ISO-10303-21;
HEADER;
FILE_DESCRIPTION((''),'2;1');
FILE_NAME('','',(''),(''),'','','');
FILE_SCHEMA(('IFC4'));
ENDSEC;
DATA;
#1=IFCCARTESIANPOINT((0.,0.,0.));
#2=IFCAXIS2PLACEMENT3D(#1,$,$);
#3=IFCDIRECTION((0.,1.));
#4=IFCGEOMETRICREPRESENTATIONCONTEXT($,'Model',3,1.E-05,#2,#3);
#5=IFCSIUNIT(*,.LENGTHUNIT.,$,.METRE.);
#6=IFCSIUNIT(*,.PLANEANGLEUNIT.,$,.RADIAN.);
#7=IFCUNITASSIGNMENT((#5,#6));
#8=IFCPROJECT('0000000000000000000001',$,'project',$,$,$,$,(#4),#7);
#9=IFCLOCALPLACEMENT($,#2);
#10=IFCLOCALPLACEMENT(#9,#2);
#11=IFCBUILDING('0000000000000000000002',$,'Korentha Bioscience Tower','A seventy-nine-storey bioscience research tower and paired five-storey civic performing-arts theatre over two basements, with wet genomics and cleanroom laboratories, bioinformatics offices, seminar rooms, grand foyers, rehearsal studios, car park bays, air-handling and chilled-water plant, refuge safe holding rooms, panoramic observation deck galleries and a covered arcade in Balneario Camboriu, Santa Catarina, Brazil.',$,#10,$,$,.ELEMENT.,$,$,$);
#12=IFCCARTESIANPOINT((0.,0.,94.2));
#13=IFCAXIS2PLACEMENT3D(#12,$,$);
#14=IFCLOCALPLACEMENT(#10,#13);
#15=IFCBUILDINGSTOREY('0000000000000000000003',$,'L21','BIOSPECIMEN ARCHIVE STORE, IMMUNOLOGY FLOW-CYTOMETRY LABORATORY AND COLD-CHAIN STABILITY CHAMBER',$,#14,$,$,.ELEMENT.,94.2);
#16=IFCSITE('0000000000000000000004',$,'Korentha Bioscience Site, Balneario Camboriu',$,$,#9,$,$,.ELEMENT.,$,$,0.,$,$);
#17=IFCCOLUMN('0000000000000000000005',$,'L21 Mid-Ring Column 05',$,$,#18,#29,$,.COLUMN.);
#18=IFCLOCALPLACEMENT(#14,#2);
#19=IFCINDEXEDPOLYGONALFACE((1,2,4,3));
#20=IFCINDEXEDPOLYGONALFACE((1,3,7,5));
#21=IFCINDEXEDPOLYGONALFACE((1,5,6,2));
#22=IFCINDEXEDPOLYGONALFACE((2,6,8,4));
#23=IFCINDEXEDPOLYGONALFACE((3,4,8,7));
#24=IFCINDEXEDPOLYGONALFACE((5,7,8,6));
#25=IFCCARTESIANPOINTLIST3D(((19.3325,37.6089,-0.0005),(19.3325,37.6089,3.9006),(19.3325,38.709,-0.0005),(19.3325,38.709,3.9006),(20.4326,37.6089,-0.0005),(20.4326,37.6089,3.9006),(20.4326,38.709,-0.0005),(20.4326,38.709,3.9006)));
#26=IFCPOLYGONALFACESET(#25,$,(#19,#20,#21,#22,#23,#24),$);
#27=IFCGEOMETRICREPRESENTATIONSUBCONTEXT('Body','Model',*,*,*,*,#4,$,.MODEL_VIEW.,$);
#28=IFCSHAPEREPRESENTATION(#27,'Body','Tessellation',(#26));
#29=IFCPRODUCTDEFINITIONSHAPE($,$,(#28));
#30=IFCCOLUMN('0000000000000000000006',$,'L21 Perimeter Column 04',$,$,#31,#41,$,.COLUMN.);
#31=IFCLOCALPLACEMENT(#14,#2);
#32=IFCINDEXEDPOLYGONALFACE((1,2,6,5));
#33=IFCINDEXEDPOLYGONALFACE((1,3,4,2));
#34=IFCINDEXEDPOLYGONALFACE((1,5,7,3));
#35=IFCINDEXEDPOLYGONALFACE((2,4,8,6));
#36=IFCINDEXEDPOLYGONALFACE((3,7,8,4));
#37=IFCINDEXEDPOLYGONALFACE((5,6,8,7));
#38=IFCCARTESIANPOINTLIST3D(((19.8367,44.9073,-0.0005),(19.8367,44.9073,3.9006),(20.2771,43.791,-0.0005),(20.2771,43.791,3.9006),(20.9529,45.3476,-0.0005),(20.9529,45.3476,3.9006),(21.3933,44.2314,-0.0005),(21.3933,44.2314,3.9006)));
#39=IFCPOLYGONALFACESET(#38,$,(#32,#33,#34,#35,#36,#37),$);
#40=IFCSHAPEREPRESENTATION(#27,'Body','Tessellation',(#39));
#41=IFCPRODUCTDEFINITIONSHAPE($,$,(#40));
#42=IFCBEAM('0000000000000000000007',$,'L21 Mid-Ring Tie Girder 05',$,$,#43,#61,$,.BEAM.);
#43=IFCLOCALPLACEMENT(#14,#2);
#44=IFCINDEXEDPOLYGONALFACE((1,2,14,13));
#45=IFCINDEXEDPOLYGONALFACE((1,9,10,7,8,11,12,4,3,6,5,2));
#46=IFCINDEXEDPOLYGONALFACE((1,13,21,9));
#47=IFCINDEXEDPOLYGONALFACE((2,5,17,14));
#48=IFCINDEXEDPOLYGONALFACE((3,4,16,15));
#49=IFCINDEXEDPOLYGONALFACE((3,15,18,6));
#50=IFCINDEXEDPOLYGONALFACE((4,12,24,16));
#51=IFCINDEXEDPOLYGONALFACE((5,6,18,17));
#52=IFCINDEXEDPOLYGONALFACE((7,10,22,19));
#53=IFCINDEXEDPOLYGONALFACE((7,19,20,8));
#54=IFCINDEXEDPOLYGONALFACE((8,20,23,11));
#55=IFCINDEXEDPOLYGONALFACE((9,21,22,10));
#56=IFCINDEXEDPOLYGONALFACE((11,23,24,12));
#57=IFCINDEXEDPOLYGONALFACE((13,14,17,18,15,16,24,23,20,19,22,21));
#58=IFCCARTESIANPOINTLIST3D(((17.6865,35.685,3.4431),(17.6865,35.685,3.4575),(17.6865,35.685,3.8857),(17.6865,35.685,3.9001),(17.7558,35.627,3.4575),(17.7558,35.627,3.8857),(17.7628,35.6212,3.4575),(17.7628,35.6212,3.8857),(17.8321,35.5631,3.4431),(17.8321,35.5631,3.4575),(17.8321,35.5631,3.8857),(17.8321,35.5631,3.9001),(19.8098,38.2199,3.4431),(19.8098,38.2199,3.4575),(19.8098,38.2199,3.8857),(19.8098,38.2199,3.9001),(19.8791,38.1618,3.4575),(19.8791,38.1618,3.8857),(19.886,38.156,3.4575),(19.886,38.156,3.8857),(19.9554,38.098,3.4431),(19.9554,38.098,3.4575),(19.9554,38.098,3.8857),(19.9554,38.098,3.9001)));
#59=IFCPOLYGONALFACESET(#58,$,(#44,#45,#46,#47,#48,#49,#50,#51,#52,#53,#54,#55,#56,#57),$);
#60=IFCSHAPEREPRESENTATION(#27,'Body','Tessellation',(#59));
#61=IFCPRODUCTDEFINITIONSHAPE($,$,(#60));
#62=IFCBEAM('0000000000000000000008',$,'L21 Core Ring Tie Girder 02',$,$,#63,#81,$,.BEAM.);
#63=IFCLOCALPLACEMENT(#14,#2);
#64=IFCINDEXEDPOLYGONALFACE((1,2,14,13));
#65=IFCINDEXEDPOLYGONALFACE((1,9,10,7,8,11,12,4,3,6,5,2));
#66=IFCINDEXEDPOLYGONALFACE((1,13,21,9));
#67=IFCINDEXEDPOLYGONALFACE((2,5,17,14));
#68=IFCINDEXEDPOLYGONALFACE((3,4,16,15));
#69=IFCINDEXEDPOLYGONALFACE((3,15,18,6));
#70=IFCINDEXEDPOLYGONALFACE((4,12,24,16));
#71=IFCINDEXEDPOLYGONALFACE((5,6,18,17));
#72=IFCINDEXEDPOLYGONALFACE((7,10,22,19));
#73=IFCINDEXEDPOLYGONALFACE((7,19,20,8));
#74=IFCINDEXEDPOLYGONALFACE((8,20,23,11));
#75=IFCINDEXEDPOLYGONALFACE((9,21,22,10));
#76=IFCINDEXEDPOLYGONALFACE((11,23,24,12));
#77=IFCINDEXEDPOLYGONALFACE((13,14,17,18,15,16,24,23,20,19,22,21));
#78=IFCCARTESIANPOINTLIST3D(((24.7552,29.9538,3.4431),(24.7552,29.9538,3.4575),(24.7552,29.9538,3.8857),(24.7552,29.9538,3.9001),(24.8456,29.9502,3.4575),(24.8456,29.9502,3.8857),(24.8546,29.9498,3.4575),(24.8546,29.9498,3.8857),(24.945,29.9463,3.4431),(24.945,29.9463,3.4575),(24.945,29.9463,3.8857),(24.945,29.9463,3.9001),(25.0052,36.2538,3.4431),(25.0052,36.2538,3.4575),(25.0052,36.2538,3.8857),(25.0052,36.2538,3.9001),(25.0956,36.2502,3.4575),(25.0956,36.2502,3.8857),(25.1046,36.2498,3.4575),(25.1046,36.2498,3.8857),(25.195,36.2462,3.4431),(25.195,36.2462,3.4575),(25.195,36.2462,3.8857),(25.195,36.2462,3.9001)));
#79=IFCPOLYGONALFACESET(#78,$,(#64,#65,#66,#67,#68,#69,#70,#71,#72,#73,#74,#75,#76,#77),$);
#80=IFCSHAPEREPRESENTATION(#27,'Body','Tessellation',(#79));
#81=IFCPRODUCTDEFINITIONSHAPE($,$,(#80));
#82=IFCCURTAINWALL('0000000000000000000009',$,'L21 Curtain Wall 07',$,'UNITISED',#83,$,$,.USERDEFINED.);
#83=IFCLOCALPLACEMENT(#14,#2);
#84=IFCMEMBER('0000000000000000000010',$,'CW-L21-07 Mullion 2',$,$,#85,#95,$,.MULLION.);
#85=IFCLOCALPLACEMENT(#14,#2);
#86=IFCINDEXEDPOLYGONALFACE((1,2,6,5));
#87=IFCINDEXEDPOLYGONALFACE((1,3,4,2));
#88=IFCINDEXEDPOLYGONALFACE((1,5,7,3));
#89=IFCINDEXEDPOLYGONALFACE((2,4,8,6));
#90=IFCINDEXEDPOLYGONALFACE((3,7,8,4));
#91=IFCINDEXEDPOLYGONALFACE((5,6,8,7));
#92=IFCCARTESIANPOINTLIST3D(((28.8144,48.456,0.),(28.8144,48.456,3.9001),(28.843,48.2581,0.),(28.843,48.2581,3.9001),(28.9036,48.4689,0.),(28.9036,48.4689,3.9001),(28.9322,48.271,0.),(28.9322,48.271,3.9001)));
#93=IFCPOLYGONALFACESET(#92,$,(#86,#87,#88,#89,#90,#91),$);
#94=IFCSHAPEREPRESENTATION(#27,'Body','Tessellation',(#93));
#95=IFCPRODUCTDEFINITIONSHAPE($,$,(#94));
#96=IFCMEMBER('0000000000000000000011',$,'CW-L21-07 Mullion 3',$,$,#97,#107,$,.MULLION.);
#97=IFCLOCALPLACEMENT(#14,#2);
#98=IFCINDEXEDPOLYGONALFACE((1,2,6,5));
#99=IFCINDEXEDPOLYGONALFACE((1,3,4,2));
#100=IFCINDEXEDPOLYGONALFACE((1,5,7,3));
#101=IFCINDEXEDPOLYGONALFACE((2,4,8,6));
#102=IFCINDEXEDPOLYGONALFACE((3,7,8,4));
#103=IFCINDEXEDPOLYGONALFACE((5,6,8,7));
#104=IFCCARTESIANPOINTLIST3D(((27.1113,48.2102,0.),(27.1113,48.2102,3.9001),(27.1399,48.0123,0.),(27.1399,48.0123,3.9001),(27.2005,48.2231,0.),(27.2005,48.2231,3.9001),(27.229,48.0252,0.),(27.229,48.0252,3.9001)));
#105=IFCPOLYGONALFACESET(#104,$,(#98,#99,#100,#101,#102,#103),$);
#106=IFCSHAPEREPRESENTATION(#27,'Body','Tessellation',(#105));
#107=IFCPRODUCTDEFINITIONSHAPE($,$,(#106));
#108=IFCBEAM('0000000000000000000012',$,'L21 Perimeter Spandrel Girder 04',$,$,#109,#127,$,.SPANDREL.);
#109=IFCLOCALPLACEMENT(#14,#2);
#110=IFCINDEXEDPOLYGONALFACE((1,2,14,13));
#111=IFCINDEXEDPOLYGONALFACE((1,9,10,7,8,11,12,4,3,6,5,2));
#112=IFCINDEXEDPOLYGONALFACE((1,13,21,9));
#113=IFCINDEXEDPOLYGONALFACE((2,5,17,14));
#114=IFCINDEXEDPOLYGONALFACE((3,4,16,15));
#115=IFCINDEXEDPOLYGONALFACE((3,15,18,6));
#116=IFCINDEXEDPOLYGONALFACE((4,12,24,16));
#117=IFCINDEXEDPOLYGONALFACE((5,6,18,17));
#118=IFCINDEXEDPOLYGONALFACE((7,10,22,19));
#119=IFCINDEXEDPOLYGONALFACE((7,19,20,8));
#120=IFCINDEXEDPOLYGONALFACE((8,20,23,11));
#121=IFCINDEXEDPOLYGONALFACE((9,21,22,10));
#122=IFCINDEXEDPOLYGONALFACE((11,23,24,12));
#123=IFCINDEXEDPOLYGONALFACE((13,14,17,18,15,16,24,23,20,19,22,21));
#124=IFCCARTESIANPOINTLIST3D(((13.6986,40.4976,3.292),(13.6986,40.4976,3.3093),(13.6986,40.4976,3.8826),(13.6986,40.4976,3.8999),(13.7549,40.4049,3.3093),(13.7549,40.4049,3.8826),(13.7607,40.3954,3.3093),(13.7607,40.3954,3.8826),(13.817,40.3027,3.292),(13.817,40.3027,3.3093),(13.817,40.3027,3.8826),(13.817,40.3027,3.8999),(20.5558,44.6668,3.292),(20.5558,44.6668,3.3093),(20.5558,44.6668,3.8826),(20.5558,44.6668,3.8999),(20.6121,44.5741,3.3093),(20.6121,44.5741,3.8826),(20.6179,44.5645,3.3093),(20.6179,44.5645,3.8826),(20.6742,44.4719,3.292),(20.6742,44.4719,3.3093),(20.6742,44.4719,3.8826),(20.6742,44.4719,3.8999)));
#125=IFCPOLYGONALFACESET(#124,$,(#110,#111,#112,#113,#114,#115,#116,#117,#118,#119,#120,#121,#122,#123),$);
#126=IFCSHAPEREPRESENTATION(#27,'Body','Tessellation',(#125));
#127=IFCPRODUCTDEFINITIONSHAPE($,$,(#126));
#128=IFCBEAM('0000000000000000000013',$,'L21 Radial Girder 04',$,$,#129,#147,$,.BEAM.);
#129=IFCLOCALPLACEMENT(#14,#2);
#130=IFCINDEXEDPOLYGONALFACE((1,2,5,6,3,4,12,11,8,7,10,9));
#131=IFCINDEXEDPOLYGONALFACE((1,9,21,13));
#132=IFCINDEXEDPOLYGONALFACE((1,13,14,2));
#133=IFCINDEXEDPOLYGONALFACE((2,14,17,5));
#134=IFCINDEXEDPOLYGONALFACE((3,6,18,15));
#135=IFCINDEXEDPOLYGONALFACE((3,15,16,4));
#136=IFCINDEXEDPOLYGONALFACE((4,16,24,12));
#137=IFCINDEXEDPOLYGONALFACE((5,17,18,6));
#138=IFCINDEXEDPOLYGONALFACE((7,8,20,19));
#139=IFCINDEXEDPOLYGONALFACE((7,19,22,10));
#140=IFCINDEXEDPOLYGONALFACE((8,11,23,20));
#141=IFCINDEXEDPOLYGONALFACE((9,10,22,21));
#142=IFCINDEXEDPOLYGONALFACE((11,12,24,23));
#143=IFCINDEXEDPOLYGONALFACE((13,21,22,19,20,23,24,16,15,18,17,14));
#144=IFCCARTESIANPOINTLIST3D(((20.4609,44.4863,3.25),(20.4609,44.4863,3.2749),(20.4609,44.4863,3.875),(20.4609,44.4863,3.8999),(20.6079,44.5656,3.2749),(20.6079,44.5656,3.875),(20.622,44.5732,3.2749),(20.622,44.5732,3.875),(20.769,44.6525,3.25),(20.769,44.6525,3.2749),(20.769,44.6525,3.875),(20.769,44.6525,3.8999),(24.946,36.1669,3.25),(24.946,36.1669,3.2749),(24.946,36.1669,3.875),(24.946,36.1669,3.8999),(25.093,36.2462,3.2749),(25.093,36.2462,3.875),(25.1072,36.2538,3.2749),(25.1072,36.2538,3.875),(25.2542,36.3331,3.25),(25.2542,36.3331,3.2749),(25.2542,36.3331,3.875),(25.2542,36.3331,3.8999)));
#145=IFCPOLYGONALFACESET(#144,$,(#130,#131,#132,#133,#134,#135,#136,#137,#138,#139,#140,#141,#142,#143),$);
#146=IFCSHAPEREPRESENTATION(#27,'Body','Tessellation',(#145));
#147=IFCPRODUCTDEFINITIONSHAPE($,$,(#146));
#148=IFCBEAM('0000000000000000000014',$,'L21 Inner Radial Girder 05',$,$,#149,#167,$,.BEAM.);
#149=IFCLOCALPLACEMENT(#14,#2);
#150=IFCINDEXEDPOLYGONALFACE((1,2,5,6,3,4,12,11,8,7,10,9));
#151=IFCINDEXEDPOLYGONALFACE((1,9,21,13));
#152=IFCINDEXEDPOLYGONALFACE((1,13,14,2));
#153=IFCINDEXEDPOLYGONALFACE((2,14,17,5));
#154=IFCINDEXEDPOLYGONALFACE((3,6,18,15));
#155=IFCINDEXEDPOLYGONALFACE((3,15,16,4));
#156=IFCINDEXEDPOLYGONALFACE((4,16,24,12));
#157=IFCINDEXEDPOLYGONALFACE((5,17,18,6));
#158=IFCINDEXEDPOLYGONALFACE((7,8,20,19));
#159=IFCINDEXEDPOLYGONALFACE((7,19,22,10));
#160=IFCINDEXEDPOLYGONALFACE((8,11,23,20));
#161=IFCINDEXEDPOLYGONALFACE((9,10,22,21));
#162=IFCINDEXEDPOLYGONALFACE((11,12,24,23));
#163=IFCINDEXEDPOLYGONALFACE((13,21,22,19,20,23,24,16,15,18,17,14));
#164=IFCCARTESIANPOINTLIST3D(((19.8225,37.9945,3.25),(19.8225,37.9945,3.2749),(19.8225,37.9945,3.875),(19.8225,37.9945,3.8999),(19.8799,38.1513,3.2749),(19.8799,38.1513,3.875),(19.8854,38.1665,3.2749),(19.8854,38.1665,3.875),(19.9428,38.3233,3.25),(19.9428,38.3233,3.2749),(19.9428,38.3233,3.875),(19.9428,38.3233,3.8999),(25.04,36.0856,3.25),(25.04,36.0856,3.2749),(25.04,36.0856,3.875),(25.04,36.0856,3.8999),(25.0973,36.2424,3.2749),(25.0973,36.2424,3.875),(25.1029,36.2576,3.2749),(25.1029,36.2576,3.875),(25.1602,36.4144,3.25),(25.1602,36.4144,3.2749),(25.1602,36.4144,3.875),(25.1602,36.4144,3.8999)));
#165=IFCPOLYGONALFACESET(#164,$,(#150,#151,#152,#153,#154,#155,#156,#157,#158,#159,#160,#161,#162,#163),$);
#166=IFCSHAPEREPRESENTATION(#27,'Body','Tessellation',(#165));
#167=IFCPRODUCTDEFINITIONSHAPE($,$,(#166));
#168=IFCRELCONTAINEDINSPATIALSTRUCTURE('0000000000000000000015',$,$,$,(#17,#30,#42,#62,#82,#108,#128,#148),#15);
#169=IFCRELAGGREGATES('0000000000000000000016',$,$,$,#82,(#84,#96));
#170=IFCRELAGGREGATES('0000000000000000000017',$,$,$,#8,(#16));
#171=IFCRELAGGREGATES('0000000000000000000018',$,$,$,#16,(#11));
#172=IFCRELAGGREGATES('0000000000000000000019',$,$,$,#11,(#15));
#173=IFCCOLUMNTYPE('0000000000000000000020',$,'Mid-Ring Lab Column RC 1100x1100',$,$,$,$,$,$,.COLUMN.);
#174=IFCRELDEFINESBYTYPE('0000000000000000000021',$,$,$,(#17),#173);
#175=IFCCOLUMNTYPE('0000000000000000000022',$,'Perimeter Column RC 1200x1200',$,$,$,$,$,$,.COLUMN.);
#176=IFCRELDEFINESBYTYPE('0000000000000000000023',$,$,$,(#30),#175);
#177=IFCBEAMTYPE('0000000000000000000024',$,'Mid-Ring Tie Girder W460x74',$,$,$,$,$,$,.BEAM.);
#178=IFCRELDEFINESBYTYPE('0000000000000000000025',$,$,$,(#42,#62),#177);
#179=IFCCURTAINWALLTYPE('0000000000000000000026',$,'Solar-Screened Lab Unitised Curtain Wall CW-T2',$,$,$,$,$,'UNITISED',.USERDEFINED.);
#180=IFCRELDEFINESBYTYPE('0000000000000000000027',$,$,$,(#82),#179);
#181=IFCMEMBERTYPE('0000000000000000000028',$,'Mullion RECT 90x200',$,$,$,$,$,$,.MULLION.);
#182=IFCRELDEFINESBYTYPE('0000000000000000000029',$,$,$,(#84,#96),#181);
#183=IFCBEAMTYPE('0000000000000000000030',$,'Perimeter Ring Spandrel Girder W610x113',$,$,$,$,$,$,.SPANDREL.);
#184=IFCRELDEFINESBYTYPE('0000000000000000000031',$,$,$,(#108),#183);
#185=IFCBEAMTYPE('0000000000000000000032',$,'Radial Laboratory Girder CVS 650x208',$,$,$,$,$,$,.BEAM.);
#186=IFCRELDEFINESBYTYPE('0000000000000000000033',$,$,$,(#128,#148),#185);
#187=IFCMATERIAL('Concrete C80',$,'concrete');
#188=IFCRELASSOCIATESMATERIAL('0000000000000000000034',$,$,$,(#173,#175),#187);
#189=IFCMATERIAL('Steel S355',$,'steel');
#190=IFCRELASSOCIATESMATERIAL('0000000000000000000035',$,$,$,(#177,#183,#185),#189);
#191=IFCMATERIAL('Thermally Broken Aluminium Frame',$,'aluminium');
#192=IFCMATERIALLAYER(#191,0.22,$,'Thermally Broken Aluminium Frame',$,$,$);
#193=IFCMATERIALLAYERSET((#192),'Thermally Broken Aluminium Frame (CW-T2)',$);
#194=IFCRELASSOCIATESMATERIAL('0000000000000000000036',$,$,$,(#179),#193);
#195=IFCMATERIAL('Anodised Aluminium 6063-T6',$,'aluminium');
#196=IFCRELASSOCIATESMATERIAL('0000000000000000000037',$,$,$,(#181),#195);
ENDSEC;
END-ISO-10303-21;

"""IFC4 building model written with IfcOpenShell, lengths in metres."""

from ifc_helpers import new_model, si_unit, direction, frame, origin, origin_2d, place, context, subcontext, project, spatial, rectangle, i_section, extrude, material, layer, layer_set, material_profile, profile_set, type_object, element, aggregate, save


model = new_model("IFC4")

# Units and contexts
model_context = context("Model", 3, precision=1e-05, world=origin(), true_north=direction((0.0, 1.0)))
body_context = subcontext(model_context, "Body", "Model", "MODEL_VIEW")
ifc_project = project(units=[si_unit("LENGTHUNIT", "METRE"), si_unit("PLANEANGLEUNIT", "RADIAN")], contexts=[model_context])

# Site, building, storey
site_placement = place(None, origin())
site = spatial("IfcSite", under=ifc_project, at=site_placement, Name="Korentha Bioscience Site, Balneario Camboriu", CompositionType="ELEMENT", RefElevation=0.0)
building_placement = place(site_placement, origin())
building = spatial("IfcBuilding", under=site, at=building_placement, Name="Korentha Bioscience Tower", Description="A seventy-nine-storey bioscience research tower and paired five-storey civic performing-arts theatre over two basements, with wet genomics and cleanroom laboratories, bioinformatics offices, seminar rooms, grand foyers, rehearsal studios, car park bays, air-handling and chilled-water plant, refuge safe holding rooms, panoramic observation deck galleries and a covered arcade in Balneario Camboriu, Santa Catarina, Brazil.", CompositionType="ELEMENT")
storey_placement = place(building_placement, frame((0.0, 0.0, 94.2)))
storey = spatial("IfcBuildingStorey", under=building, at=storey_placement, Name="L21", Description="BIOSPECIMEN ARCHIVE STORE, IMMUNOLOGY FLOW-CYTOMETRY LABORATORY AND COLD-CHAIN STABILITY CHAMBER", CompositionType="ELEMENT", Elevation=94.2)

# Columns
ifc_material_1 = material(Name="Concrete C80", Category="concrete")
ifc_material_profile_1 = material_profile(ifc_material_1, rectangle(XDim=1.1001, YDim=1.1001, at=origin_2d()), Name="Concrete C80")
ifc_profile_set_1 = profile_set([ifc_material_profile_1], Name="Concrete C80 (COL-MR11)")
column_type_1 = type_object("IfcColumnType", Name="Mid-Ring Lab Column RC 1100x1100", PredefinedType="COLUMN", material=ifc_profile_set_1)
column_1_placement = place(storey_placement, frame((19.8826, 38.1589, -0.0005), z_axis=(0.0, 0.0, 1.0), x_axis=(1.0, 0.0, 0.0)))
element("IfcColumn", 1, at=column_1_placement, inside=storey, type_object=column_type_1, Name="L21 Mid-Ring Column 05", PredefinedType="COLUMN", context=body_context, shape_type="SweptSolid", body=[
    extrude(rectangle(XDim=1.1001, YDim=1.1001, at=origin_2d()), origin(), (0.0, 0.0, 1.0), 3.9011),
])
ifc_material_profile_2 = material_profile(ifc_material_1, rectangle(XDim=1.2, YDim=1.2, at=origin_2d()), Name="Concrete C80")
ifc_profile_set_2 = profile_set([ifc_material_profile_2], Name="Concrete C80 (COL-P12)")
column_type_2 = type_object("IfcColumnType", Name="Perimeter Column RC 1200x1200", PredefinedType="COLUMN", material=ifc_profile_set_2)
column_2_placement = place(storey_placement, frame((20.615, 44.5693, -0.0005), z_axis=(0.0, 0.0, 1.0), x_axis=(0.930226, 0.366988, 0.0)))
element("IfcColumn", 2, at=column_2_placement, inside=storey, type_object=column_type_2, Name="L21 Perimeter Column 04", PredefinedType="COLUMN", context=body_context, shape_type="SweptSolid", body=[
    extrude(rectangle(XDim=1.2, YDim=1.2, at=origin_2d()), origin(), (0.0, 0.0, 1.0), 3.9011),
])

# Beams
ifc_material_2 = material(Name="Steel S355", Category="steel")
ifc_material_profile_3 = material_profile(ifc_material_2, i_section(OverallWidth=0.1899, OverallDepth=0.457, WebThickness=0.009, FlangeThickness=0.0144, at=origin_2d()), Name="Steel S355")
ifc_profile_set_3 = profile_set([ifc_material_profile_3], Name="Steel S355 (MB-460)")
beam_type_1 = type_object("IfcBeamType", Name="Mid-Ring Tie Girder W460x74", PredefinedType="BEAM", material=ifc_profile_set_3)
beam_1_placement = place(storey_placement, frame((19.8826, 38.1589, 3.6716), z_axis=(-0.642121, -0.766603, 0.0), x_axis=(0.766603, -0.642121, 0.0)))
element("IfcBeam", 3, at=beam_1_placement, inside=storey, type_object=beam_type_1, Name="L21 Mid-Ring Tie Girder 05", PredefinedType="BEAM", context=body_context, shape_type="SweptSolid", body=[
    extrude(i_section(OverallWidth=0.1899, OverallDepth=0.457, WebThickness=0.009, FlangeThickness=0.0144, at=origin_2d()), origin(), (0.0, 0.0, 1.0), 3.3066),
])
beam_2_placement = place(storey_placement, frame((25.1001, 36.25, 3.6716), z_axis=(-0.039651, -0.999214, 0.0), x_axis=(0.999214, -0.039651, 0.0)))
element("IfcBeam", 4, at=beam_2_placement, inside=storey, type_object=beam_type_1, Name="L21 Core Ring Tie Girder 02", PredefinedType="BEAM", context=body_context, shape_type="SweptSolid", body=[
    extrude(i_section(OverallWidth=0.1899, OverallDepth=0.457, WebThickness=0.009, FlangeThickness=0.0144, at=origin_2d()), origin(), (0.0, 0.0, 1.0), 6.3049),
])

# Curtain wall, members
ifc_material_3 = material(Name="Thermally Broken Aluminium Frame", Category="aluminium")
ifc_layer_1 = layer(ifc_material_3, 0.22, Name="Thermally Broken Aluminium Frame")
ifc_layer_set_1 = layer_set([ifc_layer_1], Name="Thermally Broken Aluminium Frame (CW-T2)")
curtain_wall_type = type_object("IfcCurtainWallType", Name="Solar-Screened Lab Unitised Curtain Wall CW-T2", ElementType="UNITISED", PredefinedType="USERDEFINED", material=ifc_layer_set_1)
curtain_wall_placement = place(storey_placement, origin())
curtain_wall = element("IfcCurtainWall", 5, at=curtain_wall_placement, inside=storey, type_object=curtain_wall_type, Name="L21 Curtain Wall 07", ObjectType="UNITISED", PredefinedType="USERDEFINED")
ifc_material_4 = material(Name="Anodised Aluminium 6063-T6", Category="aluminium")
ifc_material_profile_4 = material_profile(ifc_material_4, rectangle(XDim=0.0901, YDim=0.2, at=origin_2d()), Name="Anodised Aluminium 6063-T6")
ifc_profile_set_4 = profile_set([ifc_material_profile_4], Name="Anodised Aluminium 6063-T6 (CW-MUL)")
member_type_1 = type_object("IfcMemberType", Name="Mullion RECT 90x200", PredefinedType="MULLION", material=ifc_profile_set_4)
member_1_placement = place(storey_placement, frame((28.8733, 48.3635, 0.0), z_axis=(0.0, 0.0, 1.0), x_axis=(-0.989738, -0.142892, 0.0)))
member_1 = element("IfcMember", 6, at=member_1_placement, type_object=member_type_1, Name="CW-L21-07 Mullion 2", PredefinedType="MULLION", context=body_context, shape_type="SweptSolid", body=[
    extrude(rectangle(XDim=0.0901, YDim=0.2, at=origin_2d()), origin(), (0.0, 0.0, 1.0), 3.9001),
])
member_2_placement = place(storey_placement, frame((27.1702, 48.1177, 0.0), z_axis=(0.0, 0.0, 1.0), x_axis=(-0.989738, -0.142892, 0.0)))
member_2 = element("IfcMember", 7, at=member_2_placement, type_object=member_type_1, Name="CW-L21-07 Mullion 3", PredefinedType="MULLION", context=body_context, shape_type="SweptSolid", body=[
    extrude(rectangle(XDim=0.0901, YDim=0.2, at=origin_2d()), origin(), (0.0, 0.0, 1.0), 3.9001),
])

# Beams
ifc_material_profile_5 = material_profile(ifc_material_2, i_section(OverallWidth=0.228, OverallDepth=0.6079, WebThickness=0.0112, FlangeThickness=0.0173, at=origin_2d()), Name="Steel S355")
ifc_profile_set_5 = profile_set([ifc_material_profile_5], Name="Steel S355 (SB-610)")
beam_type_2 = type_object("IfcBeamType", Name="Perimeter Ring Spandrel Girder W610x113", PredefinedType="SPANDREL", material=ifc_profile_set_5)
beam_3_placement = place(storey_placement, frame((20.615, 44.5693, 3.5959), z_axis=(-0.854461, -0.519515, 0.0), x_axis=(0.519515, -0.854461, 0.0)))
element("IfcBeam", 8, at=beam_3_placement, inside=storey, type_object=beam_type_2, Name="L21 Perimeter Spandrel Girder 04", PredefinedType="SPANDREL", context=body_context, shape_type="SweptSolid", body=[
    extrude(i_section(OverallWidth=0.228, OverallDepth=0.6079, WebThickness=0.0112, FlangeThickness=0.0173, at=origin_2d()), origin(), (0.0, 0.0, 1.0), 8.0251),
])
ifc_material_profile_6 = material_profile(ifc_material_2, i_section(OverallWidth=0.3501, OverallDepth=0.6499, WebThickness=0.0161, FlangeThickness=0.0249, at=origin_2d()), Name="Steel S355")
ifc_profile_set_6 = profile_set([ifc_material_profile_6], Name="Steel S355 (RB-650)")
beam_type_3 = type_object("IfcBeamType", Name="Radial Laboratory Girder CVS 650x208", PredefinedType="BEAM", material=ifc_profile_set_6)
beam_4_placement = place(storey_placement, frame((25.1001, 36.25, 3.575), z_axis=(-0.474548, 0.88023, 0.0), x_axis=(-0.88023, -0.474548, 0.0)))
element("IfcBeam", 9, at=beam_4_placement, inside=storey, type_object=beam_type_3, Name="L21 Radial Girder 04", PredefinedType="BEAM", context=body_context, shape_type="SweptSolid", body=[
    extrude(i_section(OverallWidth=0.3501, OverallDepth=0.6499, WebThickness=0.0161, FlangeThickness=0.0249, at=origin_2d()), origin(), (0.0, 0.0, 1.0), 9.4514),
])
beam_5_placement = place(storey_placement, frame((25.1001, 36.25, 3.575), z_axis=(-0.939118, 0.343595, 0.0), x_axis=(-0.343595, -0.939118, 0.0)))
element("IfcBeam", 10, at=beam_5_placement, inside=storey, type_object=beam_type_3, Name="L21 Inner Radial Girder 05", PredefinedType="BEAM", context=body_context, shape_type="SweptSolid", body=[
    extrude(i_section(OverallWidth=0.3501, OverallDepth=0.6499, WebThickness=0.0161, FlangeThickness=0.0249, at=origin_2d()), origin(), (0.0, 0.0, 1.0), 5.5557),
])

aggregate(curtain_wall, [member_1, member_2])

save(model, "model.ifc")
